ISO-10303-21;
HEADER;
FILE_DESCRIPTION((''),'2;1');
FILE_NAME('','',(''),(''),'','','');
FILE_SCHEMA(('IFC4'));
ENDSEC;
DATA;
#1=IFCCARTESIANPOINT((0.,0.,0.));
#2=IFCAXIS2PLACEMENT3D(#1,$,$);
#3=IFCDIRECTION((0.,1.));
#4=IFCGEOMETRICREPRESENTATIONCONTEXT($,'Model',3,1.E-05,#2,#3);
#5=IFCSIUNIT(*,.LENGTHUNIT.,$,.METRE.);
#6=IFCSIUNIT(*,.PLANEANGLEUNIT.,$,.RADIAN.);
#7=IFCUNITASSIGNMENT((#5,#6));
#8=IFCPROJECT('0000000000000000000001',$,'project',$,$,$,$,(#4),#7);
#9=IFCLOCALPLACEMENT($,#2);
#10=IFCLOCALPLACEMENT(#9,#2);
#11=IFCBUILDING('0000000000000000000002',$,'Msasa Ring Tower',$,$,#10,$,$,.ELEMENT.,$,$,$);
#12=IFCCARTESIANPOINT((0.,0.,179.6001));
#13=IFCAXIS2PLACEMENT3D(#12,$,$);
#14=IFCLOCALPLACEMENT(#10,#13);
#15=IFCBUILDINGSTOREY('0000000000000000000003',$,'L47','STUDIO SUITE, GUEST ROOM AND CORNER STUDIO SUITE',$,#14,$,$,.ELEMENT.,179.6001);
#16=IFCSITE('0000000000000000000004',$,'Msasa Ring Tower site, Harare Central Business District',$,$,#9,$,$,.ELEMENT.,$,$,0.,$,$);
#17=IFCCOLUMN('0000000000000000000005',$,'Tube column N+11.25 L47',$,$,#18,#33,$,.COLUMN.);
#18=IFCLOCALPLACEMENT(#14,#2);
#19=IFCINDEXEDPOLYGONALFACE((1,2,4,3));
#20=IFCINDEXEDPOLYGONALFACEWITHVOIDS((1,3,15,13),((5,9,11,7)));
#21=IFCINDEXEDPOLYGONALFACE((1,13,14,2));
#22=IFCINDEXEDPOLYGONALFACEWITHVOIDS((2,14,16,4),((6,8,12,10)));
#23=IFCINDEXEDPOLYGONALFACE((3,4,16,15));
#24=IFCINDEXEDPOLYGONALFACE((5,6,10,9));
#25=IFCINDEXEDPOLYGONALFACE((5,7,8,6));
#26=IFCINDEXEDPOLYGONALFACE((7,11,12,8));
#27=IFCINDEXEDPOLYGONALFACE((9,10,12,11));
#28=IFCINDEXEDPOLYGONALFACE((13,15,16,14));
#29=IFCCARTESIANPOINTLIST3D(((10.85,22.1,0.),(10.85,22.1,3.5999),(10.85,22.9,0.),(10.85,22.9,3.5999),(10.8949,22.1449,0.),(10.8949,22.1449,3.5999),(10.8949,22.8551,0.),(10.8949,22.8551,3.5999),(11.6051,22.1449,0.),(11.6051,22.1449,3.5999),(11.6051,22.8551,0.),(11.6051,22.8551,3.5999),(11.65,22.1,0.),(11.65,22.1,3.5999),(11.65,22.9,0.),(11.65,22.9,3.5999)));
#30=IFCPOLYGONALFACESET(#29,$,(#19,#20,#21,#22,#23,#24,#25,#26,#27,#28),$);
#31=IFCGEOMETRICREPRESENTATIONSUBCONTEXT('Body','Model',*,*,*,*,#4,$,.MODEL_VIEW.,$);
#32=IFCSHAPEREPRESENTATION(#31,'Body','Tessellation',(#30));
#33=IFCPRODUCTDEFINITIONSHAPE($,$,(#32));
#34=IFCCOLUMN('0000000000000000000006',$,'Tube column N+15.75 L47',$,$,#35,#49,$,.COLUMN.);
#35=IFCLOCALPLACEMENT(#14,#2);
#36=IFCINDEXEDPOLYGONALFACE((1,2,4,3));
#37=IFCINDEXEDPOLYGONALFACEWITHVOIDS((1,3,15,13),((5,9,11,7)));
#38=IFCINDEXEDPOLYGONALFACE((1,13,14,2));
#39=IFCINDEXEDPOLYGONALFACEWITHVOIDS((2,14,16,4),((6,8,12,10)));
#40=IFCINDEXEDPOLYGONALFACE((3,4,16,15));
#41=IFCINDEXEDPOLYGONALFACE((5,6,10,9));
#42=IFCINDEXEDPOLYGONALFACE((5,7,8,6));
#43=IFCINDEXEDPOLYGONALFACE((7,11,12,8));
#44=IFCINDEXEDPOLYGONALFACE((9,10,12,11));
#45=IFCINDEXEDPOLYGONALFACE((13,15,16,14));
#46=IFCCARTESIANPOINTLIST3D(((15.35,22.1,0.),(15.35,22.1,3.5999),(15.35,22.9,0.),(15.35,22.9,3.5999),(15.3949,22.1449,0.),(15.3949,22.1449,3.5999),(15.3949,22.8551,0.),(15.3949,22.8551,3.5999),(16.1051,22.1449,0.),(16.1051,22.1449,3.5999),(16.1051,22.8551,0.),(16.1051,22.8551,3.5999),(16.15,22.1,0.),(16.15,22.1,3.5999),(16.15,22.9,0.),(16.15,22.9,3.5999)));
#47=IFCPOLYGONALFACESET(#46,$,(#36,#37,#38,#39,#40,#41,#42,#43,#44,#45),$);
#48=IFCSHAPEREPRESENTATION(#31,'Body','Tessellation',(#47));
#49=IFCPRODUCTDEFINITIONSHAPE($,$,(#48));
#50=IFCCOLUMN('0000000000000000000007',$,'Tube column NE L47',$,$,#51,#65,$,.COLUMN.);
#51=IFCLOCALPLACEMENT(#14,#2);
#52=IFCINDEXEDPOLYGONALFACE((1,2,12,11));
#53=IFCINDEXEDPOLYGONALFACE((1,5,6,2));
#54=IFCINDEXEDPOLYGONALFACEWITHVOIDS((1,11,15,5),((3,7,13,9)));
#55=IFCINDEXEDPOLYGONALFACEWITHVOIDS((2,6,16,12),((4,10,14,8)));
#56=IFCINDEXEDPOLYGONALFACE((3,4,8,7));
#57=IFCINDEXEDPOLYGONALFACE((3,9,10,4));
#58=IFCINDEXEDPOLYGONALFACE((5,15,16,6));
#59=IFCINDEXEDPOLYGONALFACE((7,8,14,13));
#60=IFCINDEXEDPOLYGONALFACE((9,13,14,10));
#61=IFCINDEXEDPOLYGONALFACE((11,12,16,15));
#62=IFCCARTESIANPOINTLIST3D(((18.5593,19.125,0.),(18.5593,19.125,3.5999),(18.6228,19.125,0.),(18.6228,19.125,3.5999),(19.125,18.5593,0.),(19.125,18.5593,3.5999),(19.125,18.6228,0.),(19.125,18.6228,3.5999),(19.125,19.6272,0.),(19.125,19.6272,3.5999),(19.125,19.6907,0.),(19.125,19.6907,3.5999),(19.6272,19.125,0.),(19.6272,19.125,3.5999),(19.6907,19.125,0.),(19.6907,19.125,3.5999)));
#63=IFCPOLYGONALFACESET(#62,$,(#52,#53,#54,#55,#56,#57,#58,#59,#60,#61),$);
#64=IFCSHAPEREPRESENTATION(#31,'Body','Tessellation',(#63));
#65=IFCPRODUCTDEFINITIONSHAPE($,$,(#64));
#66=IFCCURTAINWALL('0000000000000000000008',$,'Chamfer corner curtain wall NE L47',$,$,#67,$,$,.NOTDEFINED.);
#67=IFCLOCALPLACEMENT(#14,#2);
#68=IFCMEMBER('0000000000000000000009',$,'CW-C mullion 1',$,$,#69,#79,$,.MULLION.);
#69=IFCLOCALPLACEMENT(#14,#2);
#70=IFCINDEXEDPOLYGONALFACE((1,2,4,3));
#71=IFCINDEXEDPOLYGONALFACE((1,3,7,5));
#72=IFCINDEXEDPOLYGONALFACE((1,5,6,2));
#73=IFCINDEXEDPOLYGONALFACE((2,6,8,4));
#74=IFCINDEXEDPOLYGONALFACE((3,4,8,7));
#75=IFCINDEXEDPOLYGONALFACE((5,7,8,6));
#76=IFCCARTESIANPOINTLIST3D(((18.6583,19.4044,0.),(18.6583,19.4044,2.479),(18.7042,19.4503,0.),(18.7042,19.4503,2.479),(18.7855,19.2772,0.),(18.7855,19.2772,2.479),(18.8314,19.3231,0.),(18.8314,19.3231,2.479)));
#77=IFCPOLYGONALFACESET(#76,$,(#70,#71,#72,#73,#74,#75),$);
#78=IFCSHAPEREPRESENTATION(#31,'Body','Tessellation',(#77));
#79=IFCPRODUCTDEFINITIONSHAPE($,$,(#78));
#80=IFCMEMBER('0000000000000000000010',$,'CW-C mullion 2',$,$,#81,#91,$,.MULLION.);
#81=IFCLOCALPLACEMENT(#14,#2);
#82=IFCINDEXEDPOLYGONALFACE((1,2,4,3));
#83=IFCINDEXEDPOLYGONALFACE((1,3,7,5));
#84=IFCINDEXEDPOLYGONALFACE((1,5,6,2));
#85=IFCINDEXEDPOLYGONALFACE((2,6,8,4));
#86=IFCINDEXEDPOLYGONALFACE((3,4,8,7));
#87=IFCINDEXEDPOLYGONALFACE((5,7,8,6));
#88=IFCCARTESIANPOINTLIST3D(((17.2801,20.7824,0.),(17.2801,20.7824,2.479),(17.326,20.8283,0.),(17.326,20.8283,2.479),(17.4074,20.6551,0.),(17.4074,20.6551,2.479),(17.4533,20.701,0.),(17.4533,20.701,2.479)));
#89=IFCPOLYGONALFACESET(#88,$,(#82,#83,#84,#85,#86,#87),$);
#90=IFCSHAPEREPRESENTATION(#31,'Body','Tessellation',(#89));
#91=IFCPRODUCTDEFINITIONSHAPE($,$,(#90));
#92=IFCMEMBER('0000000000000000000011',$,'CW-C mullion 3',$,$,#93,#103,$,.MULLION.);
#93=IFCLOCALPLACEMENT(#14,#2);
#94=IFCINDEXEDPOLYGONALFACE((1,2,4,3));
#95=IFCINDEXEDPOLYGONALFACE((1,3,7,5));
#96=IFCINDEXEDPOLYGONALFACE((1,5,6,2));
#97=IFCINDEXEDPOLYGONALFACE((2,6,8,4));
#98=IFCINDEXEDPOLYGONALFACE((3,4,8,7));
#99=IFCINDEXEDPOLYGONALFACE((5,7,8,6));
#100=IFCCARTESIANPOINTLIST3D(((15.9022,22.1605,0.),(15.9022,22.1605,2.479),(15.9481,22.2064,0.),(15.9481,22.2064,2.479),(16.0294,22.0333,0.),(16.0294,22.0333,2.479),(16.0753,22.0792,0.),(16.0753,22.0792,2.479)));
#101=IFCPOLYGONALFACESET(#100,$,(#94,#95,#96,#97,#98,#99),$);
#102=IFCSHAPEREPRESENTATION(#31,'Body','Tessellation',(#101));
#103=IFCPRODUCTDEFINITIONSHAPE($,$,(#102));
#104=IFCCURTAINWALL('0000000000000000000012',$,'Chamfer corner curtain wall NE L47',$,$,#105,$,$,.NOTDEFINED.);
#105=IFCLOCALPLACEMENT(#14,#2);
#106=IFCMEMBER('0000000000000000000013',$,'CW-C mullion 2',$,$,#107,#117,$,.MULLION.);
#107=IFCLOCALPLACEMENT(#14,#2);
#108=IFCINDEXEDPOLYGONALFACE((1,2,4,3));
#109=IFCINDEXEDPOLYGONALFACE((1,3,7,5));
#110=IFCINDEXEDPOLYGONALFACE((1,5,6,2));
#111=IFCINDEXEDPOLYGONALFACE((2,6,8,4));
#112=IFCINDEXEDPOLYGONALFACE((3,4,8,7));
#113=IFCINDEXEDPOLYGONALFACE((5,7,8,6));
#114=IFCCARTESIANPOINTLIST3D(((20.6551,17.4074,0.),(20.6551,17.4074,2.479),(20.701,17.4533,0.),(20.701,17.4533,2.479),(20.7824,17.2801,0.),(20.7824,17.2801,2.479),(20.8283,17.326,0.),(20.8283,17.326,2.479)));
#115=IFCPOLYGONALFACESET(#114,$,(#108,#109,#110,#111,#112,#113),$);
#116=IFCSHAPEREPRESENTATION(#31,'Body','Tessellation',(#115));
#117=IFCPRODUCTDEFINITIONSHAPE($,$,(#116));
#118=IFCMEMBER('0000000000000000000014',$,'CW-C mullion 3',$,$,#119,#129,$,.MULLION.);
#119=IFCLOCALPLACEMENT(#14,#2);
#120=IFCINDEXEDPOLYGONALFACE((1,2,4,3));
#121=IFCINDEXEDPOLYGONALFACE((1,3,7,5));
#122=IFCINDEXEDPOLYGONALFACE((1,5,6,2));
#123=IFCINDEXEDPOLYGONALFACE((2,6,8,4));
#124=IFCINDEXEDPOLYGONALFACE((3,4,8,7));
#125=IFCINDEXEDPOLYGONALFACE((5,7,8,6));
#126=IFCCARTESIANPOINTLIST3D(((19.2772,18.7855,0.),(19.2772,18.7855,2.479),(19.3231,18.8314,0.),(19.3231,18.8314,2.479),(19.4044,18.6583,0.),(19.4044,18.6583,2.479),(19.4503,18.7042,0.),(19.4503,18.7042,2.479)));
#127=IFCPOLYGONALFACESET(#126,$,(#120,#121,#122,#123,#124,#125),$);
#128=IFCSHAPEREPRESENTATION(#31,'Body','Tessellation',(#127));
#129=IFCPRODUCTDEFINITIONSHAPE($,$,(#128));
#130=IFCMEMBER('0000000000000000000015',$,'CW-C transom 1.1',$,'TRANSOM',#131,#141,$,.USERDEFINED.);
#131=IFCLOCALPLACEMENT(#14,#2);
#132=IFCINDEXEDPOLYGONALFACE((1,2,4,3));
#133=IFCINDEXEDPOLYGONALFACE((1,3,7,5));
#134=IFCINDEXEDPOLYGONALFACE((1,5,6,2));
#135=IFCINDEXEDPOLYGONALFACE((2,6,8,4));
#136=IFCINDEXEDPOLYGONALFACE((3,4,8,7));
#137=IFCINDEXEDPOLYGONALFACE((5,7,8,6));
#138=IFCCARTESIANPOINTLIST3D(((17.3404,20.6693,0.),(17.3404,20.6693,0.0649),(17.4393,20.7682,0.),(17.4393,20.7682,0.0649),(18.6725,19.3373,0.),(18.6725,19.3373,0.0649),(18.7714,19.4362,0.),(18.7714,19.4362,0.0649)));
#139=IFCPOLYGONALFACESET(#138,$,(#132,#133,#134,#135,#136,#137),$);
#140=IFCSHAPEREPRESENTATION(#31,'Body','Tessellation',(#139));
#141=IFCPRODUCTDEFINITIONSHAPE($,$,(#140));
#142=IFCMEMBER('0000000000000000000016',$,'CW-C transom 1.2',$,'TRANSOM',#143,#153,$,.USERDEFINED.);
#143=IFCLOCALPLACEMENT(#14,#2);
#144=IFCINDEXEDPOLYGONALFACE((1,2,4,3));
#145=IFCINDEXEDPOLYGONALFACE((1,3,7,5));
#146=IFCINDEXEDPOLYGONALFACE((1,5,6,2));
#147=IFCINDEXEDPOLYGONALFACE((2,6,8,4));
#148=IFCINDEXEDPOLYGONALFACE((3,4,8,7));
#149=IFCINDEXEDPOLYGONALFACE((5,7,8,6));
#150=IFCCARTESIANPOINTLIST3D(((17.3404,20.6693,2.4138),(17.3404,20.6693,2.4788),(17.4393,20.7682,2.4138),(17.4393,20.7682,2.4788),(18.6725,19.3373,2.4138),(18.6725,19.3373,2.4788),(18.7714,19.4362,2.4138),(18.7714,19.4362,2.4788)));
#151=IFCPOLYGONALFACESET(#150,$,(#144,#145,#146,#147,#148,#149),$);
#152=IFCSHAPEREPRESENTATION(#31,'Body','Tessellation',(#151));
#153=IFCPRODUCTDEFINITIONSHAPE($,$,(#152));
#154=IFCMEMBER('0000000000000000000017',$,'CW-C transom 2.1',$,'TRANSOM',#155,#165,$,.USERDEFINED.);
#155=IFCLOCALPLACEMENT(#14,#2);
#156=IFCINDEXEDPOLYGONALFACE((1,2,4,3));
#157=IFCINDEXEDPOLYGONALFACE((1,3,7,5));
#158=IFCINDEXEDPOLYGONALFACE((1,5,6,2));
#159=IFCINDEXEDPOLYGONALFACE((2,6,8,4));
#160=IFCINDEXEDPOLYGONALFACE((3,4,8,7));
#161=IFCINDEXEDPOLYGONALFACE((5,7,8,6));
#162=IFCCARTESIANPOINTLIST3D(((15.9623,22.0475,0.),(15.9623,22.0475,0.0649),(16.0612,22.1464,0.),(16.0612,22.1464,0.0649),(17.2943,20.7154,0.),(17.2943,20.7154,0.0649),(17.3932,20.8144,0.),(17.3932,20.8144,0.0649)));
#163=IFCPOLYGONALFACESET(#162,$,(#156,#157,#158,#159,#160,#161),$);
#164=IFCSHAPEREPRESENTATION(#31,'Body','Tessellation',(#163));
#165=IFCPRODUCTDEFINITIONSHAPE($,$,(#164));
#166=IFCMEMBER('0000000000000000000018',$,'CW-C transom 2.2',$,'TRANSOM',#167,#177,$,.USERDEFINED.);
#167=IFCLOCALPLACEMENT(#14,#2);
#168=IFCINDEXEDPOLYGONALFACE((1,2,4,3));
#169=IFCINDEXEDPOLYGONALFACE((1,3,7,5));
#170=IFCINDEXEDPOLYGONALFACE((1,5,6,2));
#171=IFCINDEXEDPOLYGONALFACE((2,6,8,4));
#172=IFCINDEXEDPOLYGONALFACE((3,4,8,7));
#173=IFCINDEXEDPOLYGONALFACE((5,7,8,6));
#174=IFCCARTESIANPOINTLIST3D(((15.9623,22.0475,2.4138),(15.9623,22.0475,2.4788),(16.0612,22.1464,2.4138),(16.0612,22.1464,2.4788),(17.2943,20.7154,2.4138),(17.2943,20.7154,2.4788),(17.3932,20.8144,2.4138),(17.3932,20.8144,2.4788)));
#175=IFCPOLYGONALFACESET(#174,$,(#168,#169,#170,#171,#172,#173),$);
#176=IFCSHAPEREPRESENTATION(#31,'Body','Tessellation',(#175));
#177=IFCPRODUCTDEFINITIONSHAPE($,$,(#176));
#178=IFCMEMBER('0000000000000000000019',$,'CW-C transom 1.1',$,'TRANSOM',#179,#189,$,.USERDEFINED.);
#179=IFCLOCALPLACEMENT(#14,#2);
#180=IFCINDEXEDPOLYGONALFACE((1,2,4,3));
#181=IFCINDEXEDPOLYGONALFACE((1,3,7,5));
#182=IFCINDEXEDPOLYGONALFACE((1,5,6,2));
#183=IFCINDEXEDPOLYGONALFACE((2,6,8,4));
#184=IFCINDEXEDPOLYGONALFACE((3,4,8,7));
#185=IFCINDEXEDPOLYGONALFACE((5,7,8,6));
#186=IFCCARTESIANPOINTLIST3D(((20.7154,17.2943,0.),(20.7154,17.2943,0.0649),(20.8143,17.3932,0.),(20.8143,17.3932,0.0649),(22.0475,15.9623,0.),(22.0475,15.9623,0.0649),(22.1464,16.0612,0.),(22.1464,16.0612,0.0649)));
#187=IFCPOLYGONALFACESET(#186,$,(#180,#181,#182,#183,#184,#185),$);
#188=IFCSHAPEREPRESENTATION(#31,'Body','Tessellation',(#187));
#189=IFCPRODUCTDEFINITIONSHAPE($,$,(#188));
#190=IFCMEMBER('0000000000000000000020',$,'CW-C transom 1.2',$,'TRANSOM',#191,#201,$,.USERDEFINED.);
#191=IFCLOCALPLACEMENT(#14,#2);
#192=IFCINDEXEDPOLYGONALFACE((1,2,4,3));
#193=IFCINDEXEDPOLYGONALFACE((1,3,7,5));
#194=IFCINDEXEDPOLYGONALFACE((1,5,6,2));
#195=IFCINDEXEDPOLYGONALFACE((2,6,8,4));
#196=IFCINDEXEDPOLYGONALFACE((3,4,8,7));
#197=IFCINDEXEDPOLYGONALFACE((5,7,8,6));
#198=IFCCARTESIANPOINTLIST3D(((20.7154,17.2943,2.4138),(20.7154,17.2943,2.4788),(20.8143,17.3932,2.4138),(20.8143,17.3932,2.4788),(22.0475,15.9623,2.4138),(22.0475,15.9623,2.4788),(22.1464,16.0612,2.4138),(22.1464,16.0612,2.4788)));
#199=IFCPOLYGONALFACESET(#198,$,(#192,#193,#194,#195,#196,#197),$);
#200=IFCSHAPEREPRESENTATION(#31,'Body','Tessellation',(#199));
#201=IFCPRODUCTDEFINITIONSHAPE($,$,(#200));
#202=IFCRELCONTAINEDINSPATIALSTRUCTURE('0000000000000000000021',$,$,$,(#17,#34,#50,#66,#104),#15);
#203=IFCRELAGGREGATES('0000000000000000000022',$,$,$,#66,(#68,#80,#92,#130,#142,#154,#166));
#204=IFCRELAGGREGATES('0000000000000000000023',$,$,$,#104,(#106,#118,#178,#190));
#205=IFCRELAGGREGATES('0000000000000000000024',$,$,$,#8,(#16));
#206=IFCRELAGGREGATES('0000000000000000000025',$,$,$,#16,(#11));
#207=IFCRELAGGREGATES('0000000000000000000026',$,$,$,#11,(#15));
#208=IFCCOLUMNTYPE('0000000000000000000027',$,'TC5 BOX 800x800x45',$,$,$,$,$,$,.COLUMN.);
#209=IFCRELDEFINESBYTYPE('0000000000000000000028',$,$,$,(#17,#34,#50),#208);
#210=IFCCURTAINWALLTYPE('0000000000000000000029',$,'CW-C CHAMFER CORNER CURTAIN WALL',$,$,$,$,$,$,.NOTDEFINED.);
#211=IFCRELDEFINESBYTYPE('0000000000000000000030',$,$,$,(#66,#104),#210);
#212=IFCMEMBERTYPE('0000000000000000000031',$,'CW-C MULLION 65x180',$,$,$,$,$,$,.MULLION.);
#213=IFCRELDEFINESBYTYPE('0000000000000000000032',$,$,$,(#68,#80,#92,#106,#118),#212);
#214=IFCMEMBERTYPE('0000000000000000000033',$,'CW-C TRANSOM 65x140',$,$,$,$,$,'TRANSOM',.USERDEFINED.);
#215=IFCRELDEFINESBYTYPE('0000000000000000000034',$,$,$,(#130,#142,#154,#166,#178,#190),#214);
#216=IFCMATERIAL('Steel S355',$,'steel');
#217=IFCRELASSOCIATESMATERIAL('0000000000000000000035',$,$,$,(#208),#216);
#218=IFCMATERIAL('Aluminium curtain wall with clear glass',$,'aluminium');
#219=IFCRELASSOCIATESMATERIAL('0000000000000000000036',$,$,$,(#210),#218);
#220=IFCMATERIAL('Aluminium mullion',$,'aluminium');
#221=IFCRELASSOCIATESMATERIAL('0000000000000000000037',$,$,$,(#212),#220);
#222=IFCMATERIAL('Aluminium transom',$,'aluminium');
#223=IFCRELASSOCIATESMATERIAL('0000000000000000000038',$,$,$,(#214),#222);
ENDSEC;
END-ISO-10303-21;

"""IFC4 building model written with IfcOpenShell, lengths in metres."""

from ifc_helpers import new_model, si_unit, direction, frame, origin, origin_2d, place, context, subcontext, project, spatial, rectangle, hollow_rectangle, extrude, material, material_profile, profile_set, type_object, element, aggregate, save


model = new_model("IFC4")

# Units and contexts
model_context = context("Model", 3, precision=1e-05, world=origin(), true_north=direction((0.0, 1.0)))
body_context = subcontext(model_context, "Body", "Model", "MODEL_VIEW")
ifc_project = project(units=[si_unit("LENGTHUNIT", "METRE"), si_unit("PLANEANGLEUNIT", "RADIAN")], contexts=[model_context])

# Site, building, storey
site_placement = place(None, origin())
site = spatial("IfcSite", under=ifc_project, at=site_placement, Name="Msasa Ring Tower site, Harare Central Business District", CompositionType="ELEMENT", RefElevation=0.0)
building_placement = place(site_placement, origin())
building = spatial("IfcBuilding", under=site, at=building_placement, Name="Msasa Ring Tower", CompositionType="ELEMENT")
storey_placement = place(building_placement, frame((0.0, 0.0, 179.6001)))
storey = spatial("IfcBuildingStorey", under=building, at=storey_placement, Name="L47", Description="STUDIO SUITE, GUEST ROOM AND CORNER STUDIO SUITE", CompositionType="ELEMENT", Elevation=179.6001)

# Columns
ifc_material_1 = material(Name="Steel S355", Category="steel")
ifc_material_profile_1 = material_profile(ifc_material_1, hollow_rectangle(XDim=0.8, YDim=0.8, WallThickness=0.0449, at=origin_2d()), Name="BOX 800x800x45")
ifc_profile_set_1 = profile_set([ifc_material_profile_1], Name="Steel S355")
column_type = type_object("IfcColumnType", Name="TC5 BOX 800x800x45", PredefinedType="COLUMN", material=ifc_profile_set_1)
for number, where, z_axis, x_axis, name in (
    (1, (11.25, 22.5, 0.0), (0.0, 0.0, 1.0), (0.0, 1.0, 0.0), "Tube column N+11.25 L47"),
    (2, (15.75, 22.5, 0.0), (0.0, 0.0, 1.0), (0.0, 1.0, 0.0), "Tube column N+15.75 L47"),
    (3, (19.125, 19.125, 0.0), (0.0, 0.0, 1.0), (0.707107, 0.707107, 0.0), "Tube column NE L47"),
):
    element("IfcColumn", number, at=place(storey_placement, frame(where, z_axis=z_axis, x_axis=x_axis)), inside=storey, type_object=column_type, Name=name, PredefinedType="COLUMN", context=body_context, shape_type="SweptSolid", body=[
        extrude(hollow_rectangle(XDim=0.8, YDim=0.8, WallThickness=0.0449, at=origin_2d()), origin(), (0.0, 0.0, 1.0), 3.5999),
    ])

# Curtain walls, members
ifc_material_2 = material(Name="Aluminium curtain wall with clear glass", Category="aluminium")
curtain_wall_type = type_object("IfcCurtainWallType", Name="CW-C CHAMFER CORNER CURTAIN WALL", PredefinedType="NOTDEFINED", material=ifc_material_2)
curtain_wall_1_placement = place(storey_placement, origin())
curtain_wall_1 = element("IfcCurtainWall", 4, at=curtain_wall_1_placement, inside=storey, type_object=curtain_wall_type, Name="Chamfer corner curtain wall NE L47", PredefinedType="NOTDEFINED")
ifc_material_3 = material(Name="Aluminium mullion", Category="aluminium")
ifc_material_profile_2 = material_profile(ifc_material_3, rectangle(XDim=0.0649, YDim=0.1799, at=origin_2d()), Name="AL 65x180")
ifc_profile_set_2 = profile_set([ifc_material_profile_2], Name="Aluminium mullion")
member_type_1 = type_object("IfcMemberType", Name="CW-C MULLION 65x180", PredefinedType="MULLION", material=ifc_profile_set_2)
member_1_placement = place(storey_placement, frame((18.7449, 19.3638, 0.0), z_axis=(0.0, 0.0, 1.0), x_axis=(-0.707107, -0.707107, 0.0)))
member_1 = element("IfcMember", 5, at=member_1_placement, type_object=member_type_1, Name="CW-C mullion 1", PredefinedType="MULLION", context=body_context, shape_type="SweptSolid", body=[
    extrude(rectangle(XDim=0.0649, YDim=0.1799, at=origin_2d()), origin(), (0.0, 0.0, 1.0), 2.479),
])
member_2_placement = place(storey_placement, frame((17.3667, 20.7417, 0.0), z_axis=(0.0, 0.0, 1.0), x_axis=(-0.707107, -0.707107, 0.0)))
member_2 = element("IfcMember", 6, at=member_2_placement, type_object=member_type_1, Name="CW-C mullion 2", PredefinedType="MULLION", context=body_context, shape_type="SweptSolid", body=[
    extrude(rectangle(XDim=0.0649, YDim=0.1799, at=origin_2d()), origin(), (0.0, 0.0, 1.0), 2.479),
])
member_3_placement = place(storey_placement, frame((15.9888, 22.1199, 0.0), z_axis=(0.0, 0.0, 1.0), x_axis=(-0.707107, -0.707107, 0.0)))
member_3 = element("IfcMember", 7, at=member_3_placement, type_object=member_type_1, Name="CW-C mullion 3", PredefinedType="MULLION", context=body_context, shape_type="SweptSolid", body=[
    extrude(rectangle(XDim=0.0649, YDim=0.1799, at=origin_2d()), origin(), (0.0, 0.0, 1.0), 2.479),
])
curtain_wall_2_placement = place(storey_placement, origin())
curtain_wall_2 = element("IfcCurtainWall", 8, at=curtain_wall_2_placement, inside=storey, type_object=curtain_wall_type, Name="Chamfer corner curtain wall NE L47", PredefinedType="NOTDEFINED")
member_4_placement = place(storey_placement, frame((20.7417, 17.3667, 0.0), z_axis=(0.0, 0.0, 1.0), x_axis=(-0.707107, -0.707107, 0.0)))
member_4 = element("IfcMember", 9, at=member_4_placement, type_object=member_type_1, Name="CW-C mullion 2", PredefinedType="MULLION", context=body_context, shape_type="SweptSolid", body=[
    extrude(rectangle(XDim=0.0649, YDim=0.1799, at=origin_2d()), origin(), (0.0, 0.0, 1.0), 2.479),
])
member_5_placement = place(storey_placement, frame((19.3638, 18.7449, 0.0), z_axis=(0.0, 0.0, 1.0), x_axis=(-0.707107, -0.707107, 0.0)))
member_5 = element("IfcMember", 10, at=member_5_placement, type_object=member_type_1, Name="CW-C mullion 3", PredefinedType="MULLION", context=body_context, shape_type="SweptSolid", body=[
    extrude(rectangle(XDim=0.0649, YDim=0.1799, at=origin_2d()), origin(), (0.0, 0.0, 1.0), 2.479),
])

# Members
ifc_material_4 = material(Name="Aluminium transom", Category="aluminium")
ifc_material_profile_3 = material_profile(ifc_material_4, rectangle(XDim=0.1399, YDim=0.0649, at=origin_2d()), Name="AL 65x140")
ifc_profile_set_3 = profile_set([ifc_material_profile_3], Name="Aluminium transom")
member_type_2 = type_object("IfcMemberType", Name="CW-C TRANSOM 65x140", ElementType="TRANSOM", PredefinedType="USERDEFINED", material=ifc_profile_set_3)
member_6_placement = place(storey_placement, frame((18.7219, 19.3867, 0.0325), z_axis=(-0.707107, 0.707107, 0.0), x_axis=(-0.707107, -0.707107, 0.0)))
member_6 = element("IfcMember", 11, at=member_6_placement, type_object=member_type_2, Name="CW-C transom 1.1", ObjectType="TRANSOM", PredefinedType="USERDEFINED", context=body_context, shape_type="SweptSolid", body=[
    extrude(rectangle(XDim=0.1399, YDim=0.0649, at=origin_2d()), origin(), (0.0, 0.0, 1.0), 1.8838),
])
member_7_placement = place(storey_placement, frame((18.7219, 19.3867, 2.4463), z_axis=(-0.707107, 0.707107, 0.0), x_axis=(-0.707107, -0.707107, 0.0)))
member_7 = element("IfcMember", 12, at=member_7_placement, type_object=member_type_2, Name="CW-C transom 1.2", ObjectType="TRANSOM", PredefinedType="USERDEFINED", context=body_context, shape_type="SweptSolid", body=[
    extrude(rectangle(XDim=0.1399, YDim=0.0649, at=origin_2d()), origin(), (0.0, 0.0, 1.0), 1.8838),
])
member_8_placement = place(storey_placement, frame((17.3438, 20.7649, 0.0325), z_axis=(-0.707107, 0.707107, 0.0), x_axis=(-0.707107, -0.707107, 0.0)))
member_8 = element("IfcMember", 13, at=member_8_placement, type_object=member_type_2, Name="CW-C transom 2.1", ObjectType="TRANSOM", PredefinedType="USERDEFINED", context=body_context, shape_type="SweptSolid", body=[
    extrude(rectangle(XDim=0.1399, YDim=0.0649, at=origin_2d()), origin(), (0.0, 0.0, 1.0), 1.8838),
])
member_9_placement = place(storey_placement, frame((17.3438, 20.7649, 2.4463), z_axis=(-0.707107, 0.707107, 0.0), x_axis=(-0.707107, -0.707107, 0.0)))
member_9 = element("IfcMember", 14, at=member_9_placement, type_object=member_type_2, Name="CW-C transom 2.2", ObjectType="TRANSOM", PredefinedType="USERDEFINED", context=body_context, shape_type="SweptSolid", body=[
    extrude(rectangle(XDim=0.1399, YDim=0.0649, at=origin_2d()), origin(), (0.0, 0.0, 1.0), 1.8838),
])
member_10_placement = place(storey_placement, frame((22.0969, 16.0117, 0.0325), z_axis=(-0.707107, 0.707107, 0.0), x_axis=(-0.707107, -0.707107, 0.0)))
member_10 = element("IfcMember", 15, at=member_10_placement, type_object=member_type_2, Name="CW-C transom 1.1", ObjectType="TRANSOM", PredefinedType="USERDEFINED", context=body_context, shape_type="SweptSolid", body=[
    extrude(rectangle(XDim=0.1399, YDim=0.0649, at=origin_2d()), origin(), (0.0, 0.0, 1.0), 1.8838),
])
member_11_placement = place(storey_placement, frame((22.0969, 16.0117, 2.4463), z_axis=(-0.707107, 0.707107, 0.0), x_axis=(-0.707107, -0.707107, 0.0)))
member_11 = element("IfcMember", 16, at=member_11_placement, type_object=member_type_2, Name="CW-C transom 1.2", ObjectType="TRANSOM", PredefinedType="USERDEFINED", context=body_context, shape_type="SweptSolid", body=[
    extrude(rectangle(XDim=0.1399, YDim=0.0649, at=origin_2d()), origin(), (0.0, 0.0, 1.0), 1.8838),
])

aggregate(curtain_wall_1, [member_1, member_2, member_3, member_6, member_7, member_8, member_9])
aggregate(curtain_wall_2, [member_4, member_5, member_10, member_11])

save(model, "model.ifc")
